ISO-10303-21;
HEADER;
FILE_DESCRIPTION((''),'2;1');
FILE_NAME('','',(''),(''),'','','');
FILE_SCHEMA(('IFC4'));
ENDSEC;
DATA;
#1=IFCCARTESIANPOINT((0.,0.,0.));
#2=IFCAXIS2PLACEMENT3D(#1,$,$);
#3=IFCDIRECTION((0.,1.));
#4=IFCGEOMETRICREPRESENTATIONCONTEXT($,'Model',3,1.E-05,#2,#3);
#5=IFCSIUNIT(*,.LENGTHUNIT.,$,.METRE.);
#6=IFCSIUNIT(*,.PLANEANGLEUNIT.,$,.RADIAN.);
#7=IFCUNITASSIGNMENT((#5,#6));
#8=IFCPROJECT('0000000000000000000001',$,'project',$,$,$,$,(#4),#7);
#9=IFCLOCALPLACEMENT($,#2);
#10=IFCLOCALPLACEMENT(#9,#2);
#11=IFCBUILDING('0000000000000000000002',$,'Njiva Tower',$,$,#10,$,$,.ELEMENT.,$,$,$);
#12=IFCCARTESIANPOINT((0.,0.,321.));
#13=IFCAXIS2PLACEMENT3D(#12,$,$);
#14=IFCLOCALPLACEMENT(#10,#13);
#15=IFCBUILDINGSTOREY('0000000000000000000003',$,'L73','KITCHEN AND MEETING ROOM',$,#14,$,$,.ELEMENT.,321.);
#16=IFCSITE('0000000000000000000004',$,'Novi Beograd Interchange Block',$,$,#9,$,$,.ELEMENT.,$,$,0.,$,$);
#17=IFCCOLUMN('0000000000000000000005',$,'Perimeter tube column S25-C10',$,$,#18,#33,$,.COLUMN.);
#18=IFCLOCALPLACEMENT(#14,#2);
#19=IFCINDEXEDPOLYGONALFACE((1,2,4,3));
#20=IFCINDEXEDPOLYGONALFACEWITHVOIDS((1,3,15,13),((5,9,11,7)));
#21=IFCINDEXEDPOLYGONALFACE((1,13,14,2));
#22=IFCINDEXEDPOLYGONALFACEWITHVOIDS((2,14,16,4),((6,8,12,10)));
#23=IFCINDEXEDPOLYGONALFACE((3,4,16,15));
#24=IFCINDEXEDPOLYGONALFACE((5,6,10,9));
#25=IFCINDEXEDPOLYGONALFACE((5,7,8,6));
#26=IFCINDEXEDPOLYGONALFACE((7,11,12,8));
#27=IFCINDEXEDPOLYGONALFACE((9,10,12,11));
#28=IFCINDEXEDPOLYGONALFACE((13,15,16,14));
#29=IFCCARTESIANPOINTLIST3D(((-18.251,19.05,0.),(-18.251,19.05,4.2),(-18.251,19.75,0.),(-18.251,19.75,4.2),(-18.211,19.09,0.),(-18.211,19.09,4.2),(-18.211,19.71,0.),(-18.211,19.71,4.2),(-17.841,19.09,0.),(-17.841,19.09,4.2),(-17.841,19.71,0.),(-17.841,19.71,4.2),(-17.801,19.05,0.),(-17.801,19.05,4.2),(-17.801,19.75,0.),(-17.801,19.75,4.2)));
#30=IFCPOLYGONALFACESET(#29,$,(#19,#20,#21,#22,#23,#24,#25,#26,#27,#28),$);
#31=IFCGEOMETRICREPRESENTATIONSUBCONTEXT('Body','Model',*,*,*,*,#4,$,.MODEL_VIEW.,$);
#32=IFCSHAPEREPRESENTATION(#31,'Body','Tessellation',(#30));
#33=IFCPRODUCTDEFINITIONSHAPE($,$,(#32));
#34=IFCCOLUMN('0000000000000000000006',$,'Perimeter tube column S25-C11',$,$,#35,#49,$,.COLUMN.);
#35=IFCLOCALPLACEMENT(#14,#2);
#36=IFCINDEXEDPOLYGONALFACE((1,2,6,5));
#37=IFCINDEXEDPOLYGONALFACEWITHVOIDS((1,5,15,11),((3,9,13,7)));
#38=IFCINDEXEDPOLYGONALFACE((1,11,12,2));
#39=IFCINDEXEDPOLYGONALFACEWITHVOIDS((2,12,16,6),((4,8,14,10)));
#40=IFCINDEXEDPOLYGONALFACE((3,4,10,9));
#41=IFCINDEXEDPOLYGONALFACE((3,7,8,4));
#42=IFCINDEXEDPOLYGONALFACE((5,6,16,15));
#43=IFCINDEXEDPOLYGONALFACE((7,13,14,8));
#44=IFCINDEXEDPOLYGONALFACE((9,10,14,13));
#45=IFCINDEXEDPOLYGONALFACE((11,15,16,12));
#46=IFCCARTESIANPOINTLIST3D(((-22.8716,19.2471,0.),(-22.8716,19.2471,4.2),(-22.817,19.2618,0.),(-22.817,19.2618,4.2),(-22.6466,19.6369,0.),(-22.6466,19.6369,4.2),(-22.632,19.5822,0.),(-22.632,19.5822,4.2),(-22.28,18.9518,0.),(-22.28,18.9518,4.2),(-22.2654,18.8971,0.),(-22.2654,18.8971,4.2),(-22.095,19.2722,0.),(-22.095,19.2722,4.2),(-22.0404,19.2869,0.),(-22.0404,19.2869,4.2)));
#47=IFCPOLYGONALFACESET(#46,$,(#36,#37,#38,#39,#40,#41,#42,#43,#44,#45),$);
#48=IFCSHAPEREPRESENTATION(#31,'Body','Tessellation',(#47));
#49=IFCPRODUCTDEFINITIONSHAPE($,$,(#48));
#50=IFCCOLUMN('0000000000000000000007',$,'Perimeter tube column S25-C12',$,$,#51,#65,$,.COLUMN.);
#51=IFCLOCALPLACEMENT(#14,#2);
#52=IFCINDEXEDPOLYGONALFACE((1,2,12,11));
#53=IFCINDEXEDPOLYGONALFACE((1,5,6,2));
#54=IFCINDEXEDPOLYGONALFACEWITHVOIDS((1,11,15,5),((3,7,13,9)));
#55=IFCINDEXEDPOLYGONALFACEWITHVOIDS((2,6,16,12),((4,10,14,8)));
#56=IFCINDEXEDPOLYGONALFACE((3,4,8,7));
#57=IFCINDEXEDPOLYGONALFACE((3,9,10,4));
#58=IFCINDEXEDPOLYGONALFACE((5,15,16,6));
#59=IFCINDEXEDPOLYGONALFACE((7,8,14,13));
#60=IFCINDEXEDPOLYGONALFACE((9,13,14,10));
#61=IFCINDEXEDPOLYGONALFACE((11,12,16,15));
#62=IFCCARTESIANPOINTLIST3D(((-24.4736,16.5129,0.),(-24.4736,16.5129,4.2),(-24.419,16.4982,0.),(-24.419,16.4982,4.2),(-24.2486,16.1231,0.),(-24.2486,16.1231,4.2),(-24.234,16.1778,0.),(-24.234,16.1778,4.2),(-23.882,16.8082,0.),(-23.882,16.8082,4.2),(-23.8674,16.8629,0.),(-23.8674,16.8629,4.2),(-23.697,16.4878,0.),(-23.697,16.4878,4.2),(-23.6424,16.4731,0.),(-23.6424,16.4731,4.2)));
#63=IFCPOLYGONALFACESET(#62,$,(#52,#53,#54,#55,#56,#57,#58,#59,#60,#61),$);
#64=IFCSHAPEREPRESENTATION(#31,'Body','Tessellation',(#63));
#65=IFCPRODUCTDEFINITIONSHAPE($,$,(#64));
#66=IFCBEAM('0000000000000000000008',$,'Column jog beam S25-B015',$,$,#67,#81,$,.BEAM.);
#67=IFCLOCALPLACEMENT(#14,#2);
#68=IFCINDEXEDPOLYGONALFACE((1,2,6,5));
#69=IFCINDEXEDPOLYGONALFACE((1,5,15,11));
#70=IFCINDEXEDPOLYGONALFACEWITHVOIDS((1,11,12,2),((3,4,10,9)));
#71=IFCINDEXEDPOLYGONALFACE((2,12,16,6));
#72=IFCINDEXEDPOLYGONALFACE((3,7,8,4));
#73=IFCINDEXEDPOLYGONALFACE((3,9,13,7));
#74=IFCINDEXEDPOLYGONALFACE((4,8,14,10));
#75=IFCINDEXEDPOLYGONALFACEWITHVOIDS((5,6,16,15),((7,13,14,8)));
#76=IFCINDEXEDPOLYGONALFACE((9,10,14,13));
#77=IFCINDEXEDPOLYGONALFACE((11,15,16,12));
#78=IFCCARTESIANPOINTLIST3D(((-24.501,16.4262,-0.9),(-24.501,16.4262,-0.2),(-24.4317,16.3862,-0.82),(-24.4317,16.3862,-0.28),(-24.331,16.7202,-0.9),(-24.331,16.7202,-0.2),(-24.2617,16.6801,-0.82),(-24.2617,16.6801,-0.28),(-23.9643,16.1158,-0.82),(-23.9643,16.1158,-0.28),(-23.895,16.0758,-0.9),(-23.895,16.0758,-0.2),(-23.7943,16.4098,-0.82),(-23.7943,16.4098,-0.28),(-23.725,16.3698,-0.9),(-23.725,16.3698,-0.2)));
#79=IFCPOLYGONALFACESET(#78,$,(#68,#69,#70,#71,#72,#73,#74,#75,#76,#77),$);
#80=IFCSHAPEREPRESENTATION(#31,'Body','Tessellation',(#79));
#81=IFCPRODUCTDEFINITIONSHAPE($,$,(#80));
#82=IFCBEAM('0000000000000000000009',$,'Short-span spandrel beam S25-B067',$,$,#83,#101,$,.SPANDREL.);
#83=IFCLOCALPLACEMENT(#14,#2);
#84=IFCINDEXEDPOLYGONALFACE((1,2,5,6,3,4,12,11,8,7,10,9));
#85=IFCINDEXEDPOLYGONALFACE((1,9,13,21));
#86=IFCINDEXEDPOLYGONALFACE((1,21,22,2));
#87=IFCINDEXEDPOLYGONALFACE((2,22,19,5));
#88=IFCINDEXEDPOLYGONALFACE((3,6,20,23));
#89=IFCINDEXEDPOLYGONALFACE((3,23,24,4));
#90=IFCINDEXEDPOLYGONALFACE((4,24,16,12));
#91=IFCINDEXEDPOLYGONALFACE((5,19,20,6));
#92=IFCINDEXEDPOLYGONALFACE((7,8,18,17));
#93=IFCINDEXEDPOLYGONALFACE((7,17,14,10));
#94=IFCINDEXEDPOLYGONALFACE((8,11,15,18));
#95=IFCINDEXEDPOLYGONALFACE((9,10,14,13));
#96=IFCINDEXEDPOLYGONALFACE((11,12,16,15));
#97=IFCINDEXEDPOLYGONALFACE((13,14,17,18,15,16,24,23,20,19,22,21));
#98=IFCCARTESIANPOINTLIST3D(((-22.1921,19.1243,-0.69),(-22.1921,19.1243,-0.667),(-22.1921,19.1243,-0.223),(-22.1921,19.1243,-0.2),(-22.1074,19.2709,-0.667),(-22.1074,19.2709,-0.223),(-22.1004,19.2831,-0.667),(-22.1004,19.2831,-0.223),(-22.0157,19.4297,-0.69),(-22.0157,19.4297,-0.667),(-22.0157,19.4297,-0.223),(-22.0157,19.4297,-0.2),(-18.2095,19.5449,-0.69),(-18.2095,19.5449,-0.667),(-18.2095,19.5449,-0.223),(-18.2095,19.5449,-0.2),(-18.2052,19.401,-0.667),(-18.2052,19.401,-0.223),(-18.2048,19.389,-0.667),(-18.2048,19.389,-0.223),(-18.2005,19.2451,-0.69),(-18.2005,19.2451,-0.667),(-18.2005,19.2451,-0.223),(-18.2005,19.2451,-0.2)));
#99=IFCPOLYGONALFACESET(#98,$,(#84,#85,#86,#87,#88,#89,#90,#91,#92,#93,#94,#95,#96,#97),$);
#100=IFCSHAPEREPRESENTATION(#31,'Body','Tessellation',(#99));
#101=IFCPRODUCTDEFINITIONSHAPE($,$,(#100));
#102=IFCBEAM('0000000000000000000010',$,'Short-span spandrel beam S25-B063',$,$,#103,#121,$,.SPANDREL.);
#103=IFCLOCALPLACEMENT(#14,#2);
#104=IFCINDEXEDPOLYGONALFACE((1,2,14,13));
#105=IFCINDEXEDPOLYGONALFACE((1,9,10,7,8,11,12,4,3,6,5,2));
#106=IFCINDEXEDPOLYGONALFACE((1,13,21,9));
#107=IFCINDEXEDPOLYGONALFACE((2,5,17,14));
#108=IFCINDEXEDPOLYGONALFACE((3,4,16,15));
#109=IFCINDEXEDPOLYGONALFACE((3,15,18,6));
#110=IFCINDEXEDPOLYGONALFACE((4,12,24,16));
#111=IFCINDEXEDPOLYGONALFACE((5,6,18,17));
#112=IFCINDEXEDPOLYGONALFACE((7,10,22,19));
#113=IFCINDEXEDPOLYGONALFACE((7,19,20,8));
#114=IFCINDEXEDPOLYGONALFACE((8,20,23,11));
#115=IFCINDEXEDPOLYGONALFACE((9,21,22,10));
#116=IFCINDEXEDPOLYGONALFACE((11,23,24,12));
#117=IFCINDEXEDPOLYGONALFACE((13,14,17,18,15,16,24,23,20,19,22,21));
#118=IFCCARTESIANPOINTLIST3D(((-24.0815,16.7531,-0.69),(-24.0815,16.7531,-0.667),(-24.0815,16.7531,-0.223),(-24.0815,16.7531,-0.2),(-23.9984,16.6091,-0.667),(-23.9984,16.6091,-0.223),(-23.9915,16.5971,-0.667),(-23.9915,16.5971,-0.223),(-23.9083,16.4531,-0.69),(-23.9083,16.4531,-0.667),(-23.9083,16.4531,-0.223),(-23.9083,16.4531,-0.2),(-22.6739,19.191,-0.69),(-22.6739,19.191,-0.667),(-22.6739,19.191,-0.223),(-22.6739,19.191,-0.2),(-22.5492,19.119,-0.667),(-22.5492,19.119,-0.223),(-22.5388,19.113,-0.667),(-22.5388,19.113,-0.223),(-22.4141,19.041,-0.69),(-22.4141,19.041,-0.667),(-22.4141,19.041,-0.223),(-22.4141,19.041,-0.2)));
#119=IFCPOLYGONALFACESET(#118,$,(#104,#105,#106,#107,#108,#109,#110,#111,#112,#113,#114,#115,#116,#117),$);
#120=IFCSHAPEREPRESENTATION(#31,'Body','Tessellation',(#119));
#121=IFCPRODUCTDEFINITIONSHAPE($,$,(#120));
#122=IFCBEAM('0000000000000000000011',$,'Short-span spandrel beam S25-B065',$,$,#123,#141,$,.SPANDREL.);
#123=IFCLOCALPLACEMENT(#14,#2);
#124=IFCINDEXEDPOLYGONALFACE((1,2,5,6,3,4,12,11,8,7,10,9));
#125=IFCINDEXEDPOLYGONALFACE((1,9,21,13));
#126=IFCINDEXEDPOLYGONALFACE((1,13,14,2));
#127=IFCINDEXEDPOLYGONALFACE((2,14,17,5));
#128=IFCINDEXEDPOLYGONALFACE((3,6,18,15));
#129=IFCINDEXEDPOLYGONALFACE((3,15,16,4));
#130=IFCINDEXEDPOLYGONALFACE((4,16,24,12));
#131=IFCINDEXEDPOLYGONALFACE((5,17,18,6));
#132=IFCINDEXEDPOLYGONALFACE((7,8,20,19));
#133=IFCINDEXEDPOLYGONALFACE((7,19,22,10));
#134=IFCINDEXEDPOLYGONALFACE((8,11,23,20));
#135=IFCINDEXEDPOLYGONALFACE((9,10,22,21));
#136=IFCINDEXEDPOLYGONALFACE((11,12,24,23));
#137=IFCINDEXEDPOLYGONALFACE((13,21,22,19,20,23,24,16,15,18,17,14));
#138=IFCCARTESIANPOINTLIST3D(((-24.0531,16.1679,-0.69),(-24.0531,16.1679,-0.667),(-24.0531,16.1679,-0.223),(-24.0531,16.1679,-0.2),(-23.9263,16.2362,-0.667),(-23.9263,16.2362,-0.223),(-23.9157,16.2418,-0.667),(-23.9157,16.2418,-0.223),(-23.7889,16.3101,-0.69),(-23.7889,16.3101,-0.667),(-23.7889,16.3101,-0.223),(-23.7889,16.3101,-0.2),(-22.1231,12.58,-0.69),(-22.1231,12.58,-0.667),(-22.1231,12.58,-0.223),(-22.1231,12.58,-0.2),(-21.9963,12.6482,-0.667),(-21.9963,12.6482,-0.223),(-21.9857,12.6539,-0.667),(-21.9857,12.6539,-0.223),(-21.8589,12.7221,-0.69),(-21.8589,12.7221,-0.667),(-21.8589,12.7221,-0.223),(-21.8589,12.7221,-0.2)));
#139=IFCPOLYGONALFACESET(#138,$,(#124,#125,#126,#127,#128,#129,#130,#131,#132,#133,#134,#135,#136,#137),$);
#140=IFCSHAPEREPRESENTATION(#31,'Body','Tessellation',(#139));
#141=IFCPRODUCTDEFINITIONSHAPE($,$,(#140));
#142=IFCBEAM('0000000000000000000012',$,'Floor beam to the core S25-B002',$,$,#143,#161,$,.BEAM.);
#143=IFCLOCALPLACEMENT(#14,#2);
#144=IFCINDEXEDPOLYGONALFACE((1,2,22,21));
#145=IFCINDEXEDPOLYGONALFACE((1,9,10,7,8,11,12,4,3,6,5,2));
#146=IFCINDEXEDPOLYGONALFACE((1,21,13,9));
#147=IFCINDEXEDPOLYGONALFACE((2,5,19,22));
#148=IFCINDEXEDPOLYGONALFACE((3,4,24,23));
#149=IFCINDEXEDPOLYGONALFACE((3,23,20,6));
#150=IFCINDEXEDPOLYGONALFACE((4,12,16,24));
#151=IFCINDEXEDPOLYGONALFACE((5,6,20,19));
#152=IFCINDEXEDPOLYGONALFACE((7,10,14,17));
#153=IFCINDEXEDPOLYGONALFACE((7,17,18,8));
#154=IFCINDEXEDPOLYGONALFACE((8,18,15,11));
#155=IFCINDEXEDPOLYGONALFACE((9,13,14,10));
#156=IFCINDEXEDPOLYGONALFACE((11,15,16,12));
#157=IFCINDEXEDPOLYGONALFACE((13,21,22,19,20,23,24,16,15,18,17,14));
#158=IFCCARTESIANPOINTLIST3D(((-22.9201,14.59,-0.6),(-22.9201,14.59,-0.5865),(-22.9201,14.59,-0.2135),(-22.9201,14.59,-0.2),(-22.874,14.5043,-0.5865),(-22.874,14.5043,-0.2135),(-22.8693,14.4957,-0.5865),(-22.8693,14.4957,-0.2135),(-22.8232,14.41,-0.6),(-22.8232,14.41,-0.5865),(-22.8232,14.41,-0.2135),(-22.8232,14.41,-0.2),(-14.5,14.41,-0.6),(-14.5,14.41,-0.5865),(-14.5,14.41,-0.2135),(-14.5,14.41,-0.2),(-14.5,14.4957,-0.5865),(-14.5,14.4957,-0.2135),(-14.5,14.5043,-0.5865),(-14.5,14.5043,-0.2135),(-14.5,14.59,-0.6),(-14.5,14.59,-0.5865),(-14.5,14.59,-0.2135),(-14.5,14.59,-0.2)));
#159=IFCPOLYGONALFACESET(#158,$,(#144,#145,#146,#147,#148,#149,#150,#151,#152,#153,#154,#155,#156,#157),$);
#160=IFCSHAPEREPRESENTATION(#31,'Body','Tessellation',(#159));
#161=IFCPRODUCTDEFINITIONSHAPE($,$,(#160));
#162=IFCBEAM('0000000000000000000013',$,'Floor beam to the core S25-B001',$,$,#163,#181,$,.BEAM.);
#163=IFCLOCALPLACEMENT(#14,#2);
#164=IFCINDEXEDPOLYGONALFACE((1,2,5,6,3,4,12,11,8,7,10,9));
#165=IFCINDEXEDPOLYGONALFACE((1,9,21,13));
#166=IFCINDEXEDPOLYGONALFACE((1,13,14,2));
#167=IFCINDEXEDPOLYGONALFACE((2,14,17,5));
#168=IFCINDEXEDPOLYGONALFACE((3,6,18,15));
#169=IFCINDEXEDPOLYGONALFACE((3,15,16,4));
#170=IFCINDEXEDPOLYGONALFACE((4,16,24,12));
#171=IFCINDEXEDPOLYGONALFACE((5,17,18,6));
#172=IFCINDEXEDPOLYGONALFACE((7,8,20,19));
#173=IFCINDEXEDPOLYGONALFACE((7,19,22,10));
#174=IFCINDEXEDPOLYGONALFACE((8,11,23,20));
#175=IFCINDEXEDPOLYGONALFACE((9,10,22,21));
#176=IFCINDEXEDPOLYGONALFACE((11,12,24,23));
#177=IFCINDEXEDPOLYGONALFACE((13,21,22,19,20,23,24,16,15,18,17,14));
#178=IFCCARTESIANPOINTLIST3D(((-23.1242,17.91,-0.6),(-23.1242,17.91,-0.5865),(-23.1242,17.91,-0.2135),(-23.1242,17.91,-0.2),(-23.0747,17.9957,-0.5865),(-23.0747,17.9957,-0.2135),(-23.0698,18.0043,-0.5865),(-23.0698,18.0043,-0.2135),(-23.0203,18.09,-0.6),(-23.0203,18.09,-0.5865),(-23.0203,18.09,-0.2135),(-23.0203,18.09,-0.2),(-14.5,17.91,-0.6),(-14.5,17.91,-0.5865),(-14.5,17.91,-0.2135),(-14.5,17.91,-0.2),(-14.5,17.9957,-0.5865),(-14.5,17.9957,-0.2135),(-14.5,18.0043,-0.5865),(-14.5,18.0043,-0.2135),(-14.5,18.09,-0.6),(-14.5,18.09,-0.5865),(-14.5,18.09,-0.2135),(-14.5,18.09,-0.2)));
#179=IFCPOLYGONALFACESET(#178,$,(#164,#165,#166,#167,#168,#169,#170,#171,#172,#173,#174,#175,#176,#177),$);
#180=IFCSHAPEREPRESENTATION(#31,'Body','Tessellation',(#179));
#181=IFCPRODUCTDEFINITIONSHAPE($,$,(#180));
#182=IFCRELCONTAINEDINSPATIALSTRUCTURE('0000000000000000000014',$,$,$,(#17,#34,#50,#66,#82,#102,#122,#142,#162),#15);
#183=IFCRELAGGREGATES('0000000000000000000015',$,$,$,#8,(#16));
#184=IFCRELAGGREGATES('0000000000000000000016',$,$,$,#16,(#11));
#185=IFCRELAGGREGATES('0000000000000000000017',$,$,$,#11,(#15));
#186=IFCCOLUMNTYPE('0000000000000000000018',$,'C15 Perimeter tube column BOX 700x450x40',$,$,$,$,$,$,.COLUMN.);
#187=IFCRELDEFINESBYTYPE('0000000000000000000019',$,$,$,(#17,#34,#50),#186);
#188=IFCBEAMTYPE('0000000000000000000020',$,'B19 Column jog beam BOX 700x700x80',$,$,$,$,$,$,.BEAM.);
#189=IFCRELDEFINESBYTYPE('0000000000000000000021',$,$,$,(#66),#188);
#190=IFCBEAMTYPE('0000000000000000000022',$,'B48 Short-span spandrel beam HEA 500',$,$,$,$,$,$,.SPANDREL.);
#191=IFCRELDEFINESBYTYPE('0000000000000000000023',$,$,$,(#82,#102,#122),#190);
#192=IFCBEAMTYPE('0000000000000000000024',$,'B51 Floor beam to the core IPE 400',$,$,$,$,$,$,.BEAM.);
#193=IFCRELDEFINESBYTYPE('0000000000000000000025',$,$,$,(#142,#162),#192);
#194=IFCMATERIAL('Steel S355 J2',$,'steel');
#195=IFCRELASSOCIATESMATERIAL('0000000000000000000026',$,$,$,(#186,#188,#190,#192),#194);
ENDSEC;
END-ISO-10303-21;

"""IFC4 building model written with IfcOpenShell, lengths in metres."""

from ifc_helpers import new_model, si_unit, direction, frame, origin, origin_2d, place, context, subcontext, project, spatial, hollow_rectangle, i_section, extrude, clip, halfspace, material, material_profile, profile_set, type_object, element, save


model = new_model("IFC4")

# Units and contexts
model_context = context("Model", 3, precision=1e-05, world=origin(), true_north=direction((0.0, 1.0)))
body_context = subcontext(model_context, "Body", "Model", "MODEL_VIEW")
ifc_project = project(units=[si_unit("LENGTHUNIT", "METRE"), si_unit("PLANEANGLEUNIT", "RADIAN")], contexts=[model_context])

# Site, building, storey
site_placement = place(None, origin())
site = spatial("IfcSite", under=ifc_project, at=site_placement, Name="Novi Beograd Interchange Block", CompositionType="ELEMENT", RefElevation=0.0)
building_placement = place(site_placement, origin())
building = spatial("IfcBuilding", under=site, at=building_placement, Name="Njiva Tower", CompositionType="ELEMENT")
storey_placement = place(building_placement, frame((0.0, 0.0, 321.0)))
storey = spatial("IfcBuildingStorey", under=building, at=storey_placement, Name="L73", Description="KITCHEN AND MEETING ROOM", CompositionType="ELEMENT", Elevation=321.0)

# Columns
ifc_material_1 = material(Name="Steel S355 J2", Category="steel")
ifc_material_profile_1 = material_profile(ifc_material_1, hollow_rectangle(XDim=0.45, YDim=0.7, WallThickness=0.04, at=origin_2d()), Name="BOX 700x450x40")
ifc_profile_set_1 = profile_set([ifc_material_profile_1], Name="Steel S355 J2")
column_type = type_object("IfcColumnType", Name="C15 Perimeter tube column BOX 700x450x40", PredefinedType="COLUMN", material=ifc_profile_set_1)
for number, where, z_axis, x_axis, name in (
    (1, (-18.026, 19.4, 0.0), (0.0, 0.0, 1.0), (-1.0, 0.0, 0.0), "Perimeter tube column S25-C10"),
    (2, (-22.456, 19.267, 0.0), (0.0, 0.0, 1.0), (-0.5, -0.866025, 0.0), "Perimeter tube column S25-C11"),
    (3, (-24.058, 16.493, 0.0), (0.0, 0.0, 1.0), (0.5, -0.866025, 0.0), "Perimeter tube column S25-C12"),
):
    element("IfcColumn", number, at=place(storey_placement, frame(where, z_axis=z_axis, x_axis=x_axis)), inside=storey, type_object=column_type, Name=name, PredefinedType="COLUMN", context=body_context, shape_type="SweptSolid", body=[
        extrude(hollow_rectangle(XDim=0.45, YDim=0.7, WallThickness=0.04, at=origin_2d()), origin(), (0.0, 0.0, 1.0), 4.2),
    ])

# Beams
ifc_material_profile_2 = material_profile(ifc_material_1, hollow_rectangle(XDim=0.7, YDim=0.7, WallThickness=0.08, at=origin_2d()), Name="BOX 700x700x80")
ifc_profile_set_2 = profile_set([ifc_material_profile_2], Name="Steel S355 J2")
beam_type_1 = type_object("IfcBeamType", Name="B19 Column jog beam BOX 700x700x80", PredefinedType="BEAM", material=ifc_profile_set_2)
beam_1_placement = place(storey_placement, frame((-24.198, 16.251, -0.55), z_axis=(0.500572, 0.865695, 0.0), x_axis=(-0.865695, 0.500572, 0.0)))
element("IfcBeam", 4, at=beam_1_placement, inside=storey, type_object=beam_type_1, Name="Column jog beam S25-B015", PredefinedType="BEAM", context=body_context, shape_type="SweptSolid", body=[
    extrude(hollow_rectangle(XDim=0.7, YDim=0.7, WallThickness=0.08, at=origin_2d()), origin(), (0.0, 0.0, 1.0), 0.3396),
])
ifc_material_profile_3 = material_profile(ifc_material_1, i_section(OverallWidth=0.3, OverallDepth=0.49, WebThickness=0.012, FlangeThickness=0.023, at=origin_2d()), Name="HEA 500")
ifc_profile_set_3 = profile_set([ifc_material_profile_3], Name="Steel S355 J2")
beam_type_2 = type_object("IfcBeamType", Name="B48 Short-span spandrel beam HEA 500", PredefinedType="SPANDREL", material=ifc_profile_set_3)
beam_2_placement = place(storey_placement, frame((-18.205, 19.395, -0.445), z_axis=(-0.999542, -0.03025, 0.0), x_axis=(0.03025, -0.999542, 0.0)))
element("IfcBeam", 5, at=beam_2_placement, inside=storey, type_object=beam_type_2, Name="Short-span spandrel beam S25-B067", PredefinedType="SPANDREL", context=body_context, shape_type="Clipping", body=[
    clip(extrude(i_section(OverallWidth=0.3, OverallDepth=0.49, WebThickness=0.012, FlangeThickness=0.023, at=origin_2d()), origin(), (0.0, 0.0, 1.0), 4.0138), halfspace(frame((-0.0268, 0.0, 3.8841), z_axis=(-0.525967, 0.0, 0.850505), x_axis=(0.0, 1.0, 0.0)), False)),
])
beam_3_placement = place(storey_placement, frame((-22.544, 19.116, -0.445), z_axis=(-0.500031, -0.866008, 0.0), x_axis=(0.866008, -0.500031, 0.0)))
element("IfcBeam", 6, at=beam_3_placement, inside=storey, type_object=beam_type_2, Name="Short-span spandrel beam S25-B063", PredefinedType="SPANDREL", context=body_context, shape_type="Clipping", body=[
    clip(extrude(i_section(OverallWidth=0.3, OverallDepth=0.49, WebThickness=0.012, FlangeThickness=0.023, at=origin_2d()), origin(), (0.0, 0.0, 1.0), 3.0088), halfspace(frame((-0.0244, 0.0, 2.8876), z_axis=(-0.499971, 0.0, 0.866042), x_axis=(0.0, 1.0, 0.0)), False)),
])
beam_4_placement = place(storey_placement, frame((-23.921, 16.239, -0.445), z_axis=(0.473719, -0.880676, 0.0), x_axis=(0.880676, 0.473719, 0.0)))
element("IfcBeam", 7, at=beam_4_placement, inside=storey, type_object=beam_type_2, Name="Short-span spandrel beam S25-B065", PredefinedType="SPANDREL", context=body_context, shape_type="SweptSolid", body=[
    extrude(i_section(OverallWidth=0.3, OverallDepth=0.49, WebThickness=0.012, FlangeThickness=0.023, at=origin_2d()), origin(), (0.0, 0.0, 1.0), 4.0741),
])
ifc_material_profile_4 = material_profile(ifc_material_1, i_section(OverallWidth=0.18, OverallDepth=0.4, WebThickness=0.0086, FlangeThickness=0.0135, at=origin_2d()), Name="IPE 400")
ifc_profile_set_4 = profile_set([ifc_material_profile_4], Name="Steel S355 J2")
beam_type_3 = type_object("IfcBeamType", Name="B51 Floor beam to the core IPE 400", PredefinedType="BEAM", material=ifc_profile_set_4)
beam_5_placement = place(storey_placement, frame((-22.94, 14.5, -0.4), z_axis=(1.0, 0.0, 0.0), x_axis=(0.0, 1.0, 0.0)))
element("IfcBeam", 8, at=beam_5_placement, inside=storey, type_object=beam_type_3, Name="Floor beam to the core S25-B002", PredefinedType="BEAM", context=body_context, shape_type="Clipping", body=[
    clip(extrude(i_section(OverallWidth=0.18, OverallDepth=0.4, WebThickness=0.0086, FlangeThickness=0.0135, at=origin_2d()), origin(), (0.0, 0.0, 1.0), 8.44), halfspace(frame((-0.0237, 0.0, 0.0811), z_axis=(-0.473762, 0.0, -0.880653), x_axis=(0.0, -1.0, 0.0)), False)),
])
beam_6_placement = place(storey_placement, frame((-23.144, 18.0, -0.4), z_axis=(1.0, 0.0, 0.0), x_axis=(0.0, 1.0, 0.0)))
element("IfcBeam", 9, at=beam_6_placement, inside=storey, type_object=beam_type_3, Name="Floor beam to the core S25-B001", PredefinedType="BEAM", context=body_context, shape_type="Clipping", body=[
    clip(extrude(i_section(OverallWidth=0.18, OverallDepth=0.4, WebThickness=0.0086, FlangeThickness=0.0135, at=origin_2d()), origin(), (0.0, 0.0, 1.0), 8.644), halfspace(frame((0.025, 0.0, 0.0862), z_axis=(0.499998, 0.0, -0.866027), x_axis=(0.0, -1.0, 0.0)), False)),
])

save(model, "model.ifc")
